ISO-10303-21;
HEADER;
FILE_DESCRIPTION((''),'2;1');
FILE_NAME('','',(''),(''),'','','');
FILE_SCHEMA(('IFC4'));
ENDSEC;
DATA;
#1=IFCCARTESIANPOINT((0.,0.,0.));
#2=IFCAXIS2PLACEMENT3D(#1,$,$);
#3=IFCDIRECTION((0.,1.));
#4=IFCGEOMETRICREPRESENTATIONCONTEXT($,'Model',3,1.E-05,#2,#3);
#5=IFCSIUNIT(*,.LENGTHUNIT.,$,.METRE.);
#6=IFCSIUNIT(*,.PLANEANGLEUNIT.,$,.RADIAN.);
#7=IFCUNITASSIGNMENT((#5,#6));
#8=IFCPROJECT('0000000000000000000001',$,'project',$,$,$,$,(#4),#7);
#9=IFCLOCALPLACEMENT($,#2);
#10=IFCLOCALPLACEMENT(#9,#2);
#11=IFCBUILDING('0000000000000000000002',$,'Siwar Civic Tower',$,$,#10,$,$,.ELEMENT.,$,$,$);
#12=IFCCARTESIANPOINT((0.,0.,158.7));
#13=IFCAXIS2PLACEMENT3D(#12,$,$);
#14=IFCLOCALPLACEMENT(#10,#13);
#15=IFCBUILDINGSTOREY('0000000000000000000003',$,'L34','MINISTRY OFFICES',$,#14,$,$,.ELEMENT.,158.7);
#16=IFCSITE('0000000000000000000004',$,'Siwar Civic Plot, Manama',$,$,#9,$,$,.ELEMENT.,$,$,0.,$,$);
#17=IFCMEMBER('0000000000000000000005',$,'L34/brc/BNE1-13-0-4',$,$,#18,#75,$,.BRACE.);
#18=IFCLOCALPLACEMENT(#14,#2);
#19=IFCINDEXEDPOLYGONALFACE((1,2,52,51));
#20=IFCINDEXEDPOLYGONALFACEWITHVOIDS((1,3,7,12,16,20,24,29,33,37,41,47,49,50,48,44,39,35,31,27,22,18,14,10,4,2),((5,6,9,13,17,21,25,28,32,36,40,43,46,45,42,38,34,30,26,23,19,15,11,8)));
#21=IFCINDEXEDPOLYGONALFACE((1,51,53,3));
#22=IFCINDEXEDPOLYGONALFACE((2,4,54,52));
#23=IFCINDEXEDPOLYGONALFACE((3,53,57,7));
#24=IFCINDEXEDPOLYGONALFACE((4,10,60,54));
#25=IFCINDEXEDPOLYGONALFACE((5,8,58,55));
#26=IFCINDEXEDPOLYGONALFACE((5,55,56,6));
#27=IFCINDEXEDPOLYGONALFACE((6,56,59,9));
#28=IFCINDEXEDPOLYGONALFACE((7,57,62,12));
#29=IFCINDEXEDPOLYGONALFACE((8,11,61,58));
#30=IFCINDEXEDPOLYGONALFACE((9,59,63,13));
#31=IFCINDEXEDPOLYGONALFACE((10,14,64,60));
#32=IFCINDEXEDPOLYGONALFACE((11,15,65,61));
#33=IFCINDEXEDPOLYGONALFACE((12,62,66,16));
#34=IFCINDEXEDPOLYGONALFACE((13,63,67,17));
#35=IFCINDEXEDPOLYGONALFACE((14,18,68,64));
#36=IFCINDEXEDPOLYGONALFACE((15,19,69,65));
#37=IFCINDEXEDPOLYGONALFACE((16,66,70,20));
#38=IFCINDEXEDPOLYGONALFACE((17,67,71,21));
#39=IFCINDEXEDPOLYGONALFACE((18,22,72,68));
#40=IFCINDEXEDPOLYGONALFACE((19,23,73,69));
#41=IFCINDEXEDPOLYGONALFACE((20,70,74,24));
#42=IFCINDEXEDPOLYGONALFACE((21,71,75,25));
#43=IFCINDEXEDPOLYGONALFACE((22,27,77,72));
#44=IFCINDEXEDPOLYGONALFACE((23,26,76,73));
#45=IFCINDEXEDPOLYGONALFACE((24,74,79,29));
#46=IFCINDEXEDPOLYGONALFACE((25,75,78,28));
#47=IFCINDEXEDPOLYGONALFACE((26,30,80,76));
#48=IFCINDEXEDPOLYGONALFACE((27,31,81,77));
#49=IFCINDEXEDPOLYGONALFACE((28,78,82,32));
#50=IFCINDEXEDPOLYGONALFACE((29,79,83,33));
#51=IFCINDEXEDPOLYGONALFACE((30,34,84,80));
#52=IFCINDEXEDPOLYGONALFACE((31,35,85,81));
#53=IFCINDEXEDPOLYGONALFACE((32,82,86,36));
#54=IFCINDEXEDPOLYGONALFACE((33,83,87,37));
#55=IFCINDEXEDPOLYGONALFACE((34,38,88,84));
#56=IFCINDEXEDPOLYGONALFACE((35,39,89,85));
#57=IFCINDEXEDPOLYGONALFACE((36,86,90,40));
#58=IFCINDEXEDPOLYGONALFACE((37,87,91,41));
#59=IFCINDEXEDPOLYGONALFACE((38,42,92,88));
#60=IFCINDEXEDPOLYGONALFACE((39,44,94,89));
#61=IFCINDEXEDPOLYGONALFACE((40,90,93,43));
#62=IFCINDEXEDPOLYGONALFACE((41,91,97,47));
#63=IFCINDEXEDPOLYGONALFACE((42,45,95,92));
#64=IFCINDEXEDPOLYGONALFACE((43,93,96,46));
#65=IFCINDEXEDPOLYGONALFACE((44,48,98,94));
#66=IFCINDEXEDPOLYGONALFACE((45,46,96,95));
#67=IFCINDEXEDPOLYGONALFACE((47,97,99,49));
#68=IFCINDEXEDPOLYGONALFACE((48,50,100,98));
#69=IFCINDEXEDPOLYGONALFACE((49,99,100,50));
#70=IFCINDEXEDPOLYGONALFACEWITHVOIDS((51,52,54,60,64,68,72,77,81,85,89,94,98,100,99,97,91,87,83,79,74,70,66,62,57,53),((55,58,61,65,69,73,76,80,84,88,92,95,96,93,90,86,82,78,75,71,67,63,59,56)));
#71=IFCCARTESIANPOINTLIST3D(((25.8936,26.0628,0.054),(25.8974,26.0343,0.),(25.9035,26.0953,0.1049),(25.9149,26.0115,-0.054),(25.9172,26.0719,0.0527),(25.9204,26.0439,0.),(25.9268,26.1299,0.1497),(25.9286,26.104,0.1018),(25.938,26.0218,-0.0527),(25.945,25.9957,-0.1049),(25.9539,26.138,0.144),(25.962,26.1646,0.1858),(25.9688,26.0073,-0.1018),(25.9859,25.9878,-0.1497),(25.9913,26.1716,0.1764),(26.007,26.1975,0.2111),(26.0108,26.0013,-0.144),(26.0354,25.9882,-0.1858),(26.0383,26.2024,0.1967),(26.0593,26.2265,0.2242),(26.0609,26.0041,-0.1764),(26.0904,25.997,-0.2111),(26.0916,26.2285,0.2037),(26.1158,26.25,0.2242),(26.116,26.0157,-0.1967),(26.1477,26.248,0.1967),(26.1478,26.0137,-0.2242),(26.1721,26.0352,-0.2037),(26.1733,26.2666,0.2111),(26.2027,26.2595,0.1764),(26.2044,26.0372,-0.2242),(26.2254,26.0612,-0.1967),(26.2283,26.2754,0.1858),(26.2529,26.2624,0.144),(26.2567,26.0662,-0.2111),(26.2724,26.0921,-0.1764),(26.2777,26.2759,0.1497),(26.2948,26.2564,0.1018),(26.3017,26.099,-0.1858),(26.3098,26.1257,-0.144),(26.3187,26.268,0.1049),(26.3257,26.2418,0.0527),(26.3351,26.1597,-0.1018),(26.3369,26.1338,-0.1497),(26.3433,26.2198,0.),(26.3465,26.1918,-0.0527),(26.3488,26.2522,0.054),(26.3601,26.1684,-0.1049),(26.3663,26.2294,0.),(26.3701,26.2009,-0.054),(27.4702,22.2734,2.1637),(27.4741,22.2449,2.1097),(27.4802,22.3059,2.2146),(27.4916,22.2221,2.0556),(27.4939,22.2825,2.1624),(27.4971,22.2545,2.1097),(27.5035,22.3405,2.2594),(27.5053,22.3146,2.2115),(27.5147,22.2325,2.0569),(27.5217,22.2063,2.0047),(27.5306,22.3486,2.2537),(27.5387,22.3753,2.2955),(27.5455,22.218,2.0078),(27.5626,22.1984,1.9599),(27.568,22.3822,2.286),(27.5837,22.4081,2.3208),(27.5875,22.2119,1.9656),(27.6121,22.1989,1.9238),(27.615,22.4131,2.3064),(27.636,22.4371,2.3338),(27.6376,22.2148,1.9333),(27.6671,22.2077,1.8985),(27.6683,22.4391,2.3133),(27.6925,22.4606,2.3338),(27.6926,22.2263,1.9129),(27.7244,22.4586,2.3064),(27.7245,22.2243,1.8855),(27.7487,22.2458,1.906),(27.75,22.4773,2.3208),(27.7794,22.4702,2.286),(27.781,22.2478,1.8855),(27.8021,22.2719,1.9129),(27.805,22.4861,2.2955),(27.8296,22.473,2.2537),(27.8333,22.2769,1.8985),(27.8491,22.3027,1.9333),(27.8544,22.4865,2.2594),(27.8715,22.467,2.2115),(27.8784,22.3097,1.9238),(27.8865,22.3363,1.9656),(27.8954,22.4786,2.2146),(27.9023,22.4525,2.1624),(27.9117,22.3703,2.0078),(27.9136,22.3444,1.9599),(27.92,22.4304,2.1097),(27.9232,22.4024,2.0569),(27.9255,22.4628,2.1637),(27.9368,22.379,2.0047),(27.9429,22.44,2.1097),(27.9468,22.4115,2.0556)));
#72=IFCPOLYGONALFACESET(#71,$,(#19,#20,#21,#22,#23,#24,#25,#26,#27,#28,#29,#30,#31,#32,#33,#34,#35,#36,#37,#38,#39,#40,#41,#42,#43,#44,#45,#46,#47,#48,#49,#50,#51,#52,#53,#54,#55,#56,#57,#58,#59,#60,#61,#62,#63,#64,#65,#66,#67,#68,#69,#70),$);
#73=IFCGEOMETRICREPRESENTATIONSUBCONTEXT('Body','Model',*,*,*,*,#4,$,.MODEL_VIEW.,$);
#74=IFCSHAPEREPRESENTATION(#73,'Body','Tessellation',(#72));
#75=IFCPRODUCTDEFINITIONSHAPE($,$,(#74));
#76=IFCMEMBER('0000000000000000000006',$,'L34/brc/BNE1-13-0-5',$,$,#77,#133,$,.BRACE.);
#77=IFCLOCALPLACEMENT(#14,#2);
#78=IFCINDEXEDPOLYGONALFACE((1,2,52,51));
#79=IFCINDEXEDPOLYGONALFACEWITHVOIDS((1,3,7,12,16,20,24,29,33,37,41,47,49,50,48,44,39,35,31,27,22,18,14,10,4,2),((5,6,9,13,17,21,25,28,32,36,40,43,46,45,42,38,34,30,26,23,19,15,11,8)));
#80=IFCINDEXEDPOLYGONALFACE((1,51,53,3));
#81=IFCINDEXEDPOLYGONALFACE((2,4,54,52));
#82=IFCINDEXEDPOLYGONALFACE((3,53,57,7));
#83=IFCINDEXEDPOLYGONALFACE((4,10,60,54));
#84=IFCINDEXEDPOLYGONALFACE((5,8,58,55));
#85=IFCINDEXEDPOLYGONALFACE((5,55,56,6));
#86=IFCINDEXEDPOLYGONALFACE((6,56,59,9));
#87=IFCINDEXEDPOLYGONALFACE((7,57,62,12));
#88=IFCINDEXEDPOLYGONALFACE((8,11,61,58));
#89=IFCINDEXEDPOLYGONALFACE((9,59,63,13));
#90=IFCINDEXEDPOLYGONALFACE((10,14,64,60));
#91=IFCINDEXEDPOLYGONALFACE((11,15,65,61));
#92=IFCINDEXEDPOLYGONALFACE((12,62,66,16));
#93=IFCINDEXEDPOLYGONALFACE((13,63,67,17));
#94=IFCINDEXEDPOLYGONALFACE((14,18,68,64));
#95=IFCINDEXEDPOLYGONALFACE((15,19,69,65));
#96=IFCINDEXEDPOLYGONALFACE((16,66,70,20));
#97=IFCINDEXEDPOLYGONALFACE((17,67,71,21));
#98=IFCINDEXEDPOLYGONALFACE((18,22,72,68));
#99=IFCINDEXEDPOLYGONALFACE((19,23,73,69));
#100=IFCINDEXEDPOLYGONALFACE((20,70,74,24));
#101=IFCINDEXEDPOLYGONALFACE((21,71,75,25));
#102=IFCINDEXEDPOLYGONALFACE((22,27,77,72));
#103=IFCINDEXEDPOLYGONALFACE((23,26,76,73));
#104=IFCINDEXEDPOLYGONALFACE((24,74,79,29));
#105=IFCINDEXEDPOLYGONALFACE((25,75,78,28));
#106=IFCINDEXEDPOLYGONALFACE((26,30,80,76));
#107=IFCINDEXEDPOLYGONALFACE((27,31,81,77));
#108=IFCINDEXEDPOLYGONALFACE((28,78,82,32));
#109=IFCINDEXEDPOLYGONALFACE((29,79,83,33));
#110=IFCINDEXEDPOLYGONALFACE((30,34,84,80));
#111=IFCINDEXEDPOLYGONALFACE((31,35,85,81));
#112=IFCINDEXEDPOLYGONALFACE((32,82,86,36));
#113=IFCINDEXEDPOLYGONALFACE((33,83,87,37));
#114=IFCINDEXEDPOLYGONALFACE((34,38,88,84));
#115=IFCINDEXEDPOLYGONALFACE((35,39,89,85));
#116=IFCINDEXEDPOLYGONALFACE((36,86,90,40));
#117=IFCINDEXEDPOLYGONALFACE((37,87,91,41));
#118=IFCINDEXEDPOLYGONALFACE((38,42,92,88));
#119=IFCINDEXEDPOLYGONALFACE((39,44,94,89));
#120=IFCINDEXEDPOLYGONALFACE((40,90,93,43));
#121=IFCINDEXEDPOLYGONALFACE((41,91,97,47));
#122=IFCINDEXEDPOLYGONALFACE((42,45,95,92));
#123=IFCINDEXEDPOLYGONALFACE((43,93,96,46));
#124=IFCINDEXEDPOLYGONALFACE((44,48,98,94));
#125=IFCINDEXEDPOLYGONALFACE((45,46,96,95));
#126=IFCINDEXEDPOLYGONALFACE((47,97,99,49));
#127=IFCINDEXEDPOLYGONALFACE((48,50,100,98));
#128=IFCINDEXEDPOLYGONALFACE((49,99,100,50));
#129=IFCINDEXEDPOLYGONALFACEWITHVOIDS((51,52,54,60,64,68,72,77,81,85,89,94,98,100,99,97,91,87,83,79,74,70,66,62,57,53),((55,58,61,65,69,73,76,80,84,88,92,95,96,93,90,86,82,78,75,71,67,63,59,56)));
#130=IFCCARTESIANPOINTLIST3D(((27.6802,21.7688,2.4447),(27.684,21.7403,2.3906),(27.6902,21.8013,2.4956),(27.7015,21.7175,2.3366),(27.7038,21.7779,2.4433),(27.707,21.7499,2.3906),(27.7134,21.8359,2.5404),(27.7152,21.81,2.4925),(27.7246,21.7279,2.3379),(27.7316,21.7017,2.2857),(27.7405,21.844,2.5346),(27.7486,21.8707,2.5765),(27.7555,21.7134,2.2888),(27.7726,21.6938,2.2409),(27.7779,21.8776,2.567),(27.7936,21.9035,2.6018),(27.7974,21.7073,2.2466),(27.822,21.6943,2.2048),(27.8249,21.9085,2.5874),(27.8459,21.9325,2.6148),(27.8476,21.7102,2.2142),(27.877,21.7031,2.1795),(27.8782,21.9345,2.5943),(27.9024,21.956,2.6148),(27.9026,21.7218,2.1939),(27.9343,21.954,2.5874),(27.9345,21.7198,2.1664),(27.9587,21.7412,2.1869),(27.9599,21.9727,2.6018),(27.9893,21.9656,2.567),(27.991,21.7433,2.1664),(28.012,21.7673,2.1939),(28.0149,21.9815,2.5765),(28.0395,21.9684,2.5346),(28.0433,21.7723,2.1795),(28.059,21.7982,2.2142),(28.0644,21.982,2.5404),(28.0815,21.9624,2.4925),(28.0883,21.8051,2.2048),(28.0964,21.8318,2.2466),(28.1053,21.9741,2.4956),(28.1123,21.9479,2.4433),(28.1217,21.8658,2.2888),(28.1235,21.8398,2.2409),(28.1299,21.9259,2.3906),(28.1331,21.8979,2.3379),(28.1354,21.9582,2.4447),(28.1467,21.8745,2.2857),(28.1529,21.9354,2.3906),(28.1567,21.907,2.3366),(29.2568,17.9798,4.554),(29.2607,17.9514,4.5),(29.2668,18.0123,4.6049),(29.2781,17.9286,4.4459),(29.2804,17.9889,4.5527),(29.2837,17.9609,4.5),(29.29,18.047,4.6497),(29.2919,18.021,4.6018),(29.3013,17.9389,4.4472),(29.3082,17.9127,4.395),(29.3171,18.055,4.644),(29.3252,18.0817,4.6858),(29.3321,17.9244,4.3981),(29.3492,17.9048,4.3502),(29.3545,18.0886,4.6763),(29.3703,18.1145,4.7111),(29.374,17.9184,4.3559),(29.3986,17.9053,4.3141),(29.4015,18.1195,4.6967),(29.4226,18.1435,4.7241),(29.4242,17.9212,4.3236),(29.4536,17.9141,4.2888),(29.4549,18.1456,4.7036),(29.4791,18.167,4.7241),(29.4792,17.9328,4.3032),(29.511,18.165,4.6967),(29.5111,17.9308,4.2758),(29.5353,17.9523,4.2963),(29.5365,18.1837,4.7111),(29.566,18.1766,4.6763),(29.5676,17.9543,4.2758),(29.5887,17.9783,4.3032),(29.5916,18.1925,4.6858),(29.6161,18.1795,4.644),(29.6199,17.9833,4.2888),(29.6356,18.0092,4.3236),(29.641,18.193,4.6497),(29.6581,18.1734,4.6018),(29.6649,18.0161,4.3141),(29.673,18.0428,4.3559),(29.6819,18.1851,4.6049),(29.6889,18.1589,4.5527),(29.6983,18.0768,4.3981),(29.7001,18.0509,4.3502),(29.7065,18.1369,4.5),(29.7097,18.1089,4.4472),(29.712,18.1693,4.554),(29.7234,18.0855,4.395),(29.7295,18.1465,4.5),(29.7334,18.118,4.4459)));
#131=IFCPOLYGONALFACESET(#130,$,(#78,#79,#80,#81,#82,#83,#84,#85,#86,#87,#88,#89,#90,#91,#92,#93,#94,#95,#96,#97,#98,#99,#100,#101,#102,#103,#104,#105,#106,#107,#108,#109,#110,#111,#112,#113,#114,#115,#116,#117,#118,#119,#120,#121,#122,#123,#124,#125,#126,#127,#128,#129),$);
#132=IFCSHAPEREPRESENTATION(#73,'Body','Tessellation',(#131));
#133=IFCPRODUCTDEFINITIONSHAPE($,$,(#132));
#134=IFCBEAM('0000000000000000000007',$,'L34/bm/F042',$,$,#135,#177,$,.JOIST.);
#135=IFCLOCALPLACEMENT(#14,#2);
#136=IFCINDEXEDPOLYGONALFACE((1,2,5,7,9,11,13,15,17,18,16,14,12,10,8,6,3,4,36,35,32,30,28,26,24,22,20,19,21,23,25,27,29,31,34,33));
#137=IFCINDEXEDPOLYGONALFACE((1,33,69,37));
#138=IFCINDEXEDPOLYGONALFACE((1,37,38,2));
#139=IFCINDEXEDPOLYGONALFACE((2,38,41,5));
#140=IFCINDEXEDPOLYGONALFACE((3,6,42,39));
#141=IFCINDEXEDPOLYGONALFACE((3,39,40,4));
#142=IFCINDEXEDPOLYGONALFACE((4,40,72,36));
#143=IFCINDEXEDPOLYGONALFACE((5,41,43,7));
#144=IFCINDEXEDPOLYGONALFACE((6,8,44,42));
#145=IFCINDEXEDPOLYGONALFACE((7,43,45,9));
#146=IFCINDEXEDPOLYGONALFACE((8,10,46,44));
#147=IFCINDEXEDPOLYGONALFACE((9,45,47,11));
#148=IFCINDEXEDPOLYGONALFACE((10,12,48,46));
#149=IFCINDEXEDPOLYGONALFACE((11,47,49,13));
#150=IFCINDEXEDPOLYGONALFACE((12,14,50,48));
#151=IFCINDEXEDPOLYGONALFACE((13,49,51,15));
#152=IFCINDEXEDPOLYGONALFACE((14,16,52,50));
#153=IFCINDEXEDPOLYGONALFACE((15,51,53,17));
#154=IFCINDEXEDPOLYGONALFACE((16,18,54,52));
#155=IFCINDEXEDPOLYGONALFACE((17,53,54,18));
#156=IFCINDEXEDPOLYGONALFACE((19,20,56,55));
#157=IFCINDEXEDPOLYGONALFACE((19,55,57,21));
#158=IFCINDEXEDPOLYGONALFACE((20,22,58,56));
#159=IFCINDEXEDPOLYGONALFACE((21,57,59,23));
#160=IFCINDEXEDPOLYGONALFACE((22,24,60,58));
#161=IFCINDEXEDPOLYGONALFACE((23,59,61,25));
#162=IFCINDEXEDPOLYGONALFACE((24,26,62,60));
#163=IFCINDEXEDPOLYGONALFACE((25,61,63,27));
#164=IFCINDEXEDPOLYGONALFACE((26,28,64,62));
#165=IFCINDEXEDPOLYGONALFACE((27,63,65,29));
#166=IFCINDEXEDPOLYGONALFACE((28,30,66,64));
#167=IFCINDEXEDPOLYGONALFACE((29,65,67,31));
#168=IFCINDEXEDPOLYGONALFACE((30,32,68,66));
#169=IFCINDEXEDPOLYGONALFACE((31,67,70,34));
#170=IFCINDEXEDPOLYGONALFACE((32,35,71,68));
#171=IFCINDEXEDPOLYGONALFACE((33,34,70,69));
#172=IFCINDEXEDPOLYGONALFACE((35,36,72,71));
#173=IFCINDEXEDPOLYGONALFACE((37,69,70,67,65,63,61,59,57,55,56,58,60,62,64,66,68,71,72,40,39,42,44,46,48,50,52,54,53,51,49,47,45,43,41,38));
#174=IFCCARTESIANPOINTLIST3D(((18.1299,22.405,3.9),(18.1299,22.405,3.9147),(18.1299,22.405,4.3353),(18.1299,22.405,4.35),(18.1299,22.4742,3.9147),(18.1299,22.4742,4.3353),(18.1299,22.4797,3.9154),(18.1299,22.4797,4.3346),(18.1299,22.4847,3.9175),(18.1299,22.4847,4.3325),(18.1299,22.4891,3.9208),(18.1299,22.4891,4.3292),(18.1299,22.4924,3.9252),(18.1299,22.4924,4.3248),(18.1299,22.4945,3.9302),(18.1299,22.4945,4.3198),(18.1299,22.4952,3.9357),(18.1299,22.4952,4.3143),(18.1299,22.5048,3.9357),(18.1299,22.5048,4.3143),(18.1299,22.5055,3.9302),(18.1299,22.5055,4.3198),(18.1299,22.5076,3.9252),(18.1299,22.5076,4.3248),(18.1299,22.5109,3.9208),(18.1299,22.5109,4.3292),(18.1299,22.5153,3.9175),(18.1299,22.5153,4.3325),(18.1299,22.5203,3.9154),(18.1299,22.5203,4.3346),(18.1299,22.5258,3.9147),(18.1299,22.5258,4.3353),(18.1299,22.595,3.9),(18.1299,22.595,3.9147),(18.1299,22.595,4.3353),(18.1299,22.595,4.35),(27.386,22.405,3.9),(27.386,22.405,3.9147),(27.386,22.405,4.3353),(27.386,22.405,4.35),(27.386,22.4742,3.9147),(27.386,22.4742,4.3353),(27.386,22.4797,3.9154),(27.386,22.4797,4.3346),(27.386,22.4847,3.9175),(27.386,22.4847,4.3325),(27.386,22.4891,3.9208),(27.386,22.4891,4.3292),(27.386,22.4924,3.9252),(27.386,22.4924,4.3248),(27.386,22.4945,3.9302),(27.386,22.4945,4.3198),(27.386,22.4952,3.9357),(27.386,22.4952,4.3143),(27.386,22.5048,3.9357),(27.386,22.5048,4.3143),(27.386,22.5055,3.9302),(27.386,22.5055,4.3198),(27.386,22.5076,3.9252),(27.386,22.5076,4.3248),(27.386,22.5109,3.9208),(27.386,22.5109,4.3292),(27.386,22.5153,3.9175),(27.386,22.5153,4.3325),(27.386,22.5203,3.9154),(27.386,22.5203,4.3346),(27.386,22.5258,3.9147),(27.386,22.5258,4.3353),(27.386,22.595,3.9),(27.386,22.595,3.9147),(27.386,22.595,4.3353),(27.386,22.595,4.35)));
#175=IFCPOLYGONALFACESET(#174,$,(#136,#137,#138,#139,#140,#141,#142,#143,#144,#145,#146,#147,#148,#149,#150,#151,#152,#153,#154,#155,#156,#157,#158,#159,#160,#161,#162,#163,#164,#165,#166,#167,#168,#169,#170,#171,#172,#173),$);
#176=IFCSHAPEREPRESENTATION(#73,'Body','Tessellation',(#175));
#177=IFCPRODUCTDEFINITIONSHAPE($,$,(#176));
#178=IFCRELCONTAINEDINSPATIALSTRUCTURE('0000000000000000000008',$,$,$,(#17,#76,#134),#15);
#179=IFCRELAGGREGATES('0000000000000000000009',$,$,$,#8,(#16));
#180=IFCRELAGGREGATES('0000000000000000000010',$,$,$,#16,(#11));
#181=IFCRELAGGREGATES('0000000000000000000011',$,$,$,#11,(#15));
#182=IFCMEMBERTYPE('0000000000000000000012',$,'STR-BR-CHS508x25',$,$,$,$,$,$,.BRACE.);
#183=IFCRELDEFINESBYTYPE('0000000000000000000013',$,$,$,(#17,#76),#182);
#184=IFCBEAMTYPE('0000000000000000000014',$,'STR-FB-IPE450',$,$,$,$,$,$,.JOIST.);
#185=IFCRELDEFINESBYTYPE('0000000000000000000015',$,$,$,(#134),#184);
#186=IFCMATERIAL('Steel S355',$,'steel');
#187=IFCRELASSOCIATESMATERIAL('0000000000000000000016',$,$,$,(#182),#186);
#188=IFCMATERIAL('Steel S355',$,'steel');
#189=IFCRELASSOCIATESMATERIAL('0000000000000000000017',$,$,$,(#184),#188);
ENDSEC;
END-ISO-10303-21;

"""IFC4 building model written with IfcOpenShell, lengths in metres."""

from ifc_helpers import new_model, si_unit, direction, frame, origin, origin_2d, place, context, subcontext, project, spatial, hollow_circle, i_section, extrude, material, material_profile, profile_set, type_object, element, save


model = new_model("IFC4")

# Units and contexts
model_context = context("Model", 3, precision=1e-05, world=origin(), true_north=direction((0.0, 1.0)))
body_context = subcontext(model_context, "Body", "Model", "MODEL_VIEW")
ifc_project = project(units=[si_unit("LENGTHUNIT", "METRE"), si_unit("PLANEANGLEUNIT", "RADIAN")], contexts=[model_context])

# Site, building, storey
site_placement = place(None, origin())
site = spatial("IfcSite", under=ifc_project, at=site_placement, Name="Siwar Civic Plot, Manama", CompositionType="ELEMENT", RefElevation=0.0)
building_placement = place(site_placement, origin())
building = spatial("IfcBuilding", under=site, at=building_placement, Name="Siwar Civic Tower", CompositionType="ELEMENT")
storey_placement = place(building_placement, frame((0.0, 0.0, 158.7)))
storey = spatial("IfcBuildingStorey", under=building, at=storey_placement, Name="L34", Description="MINISTRY OFFICES", CompositionType="ELEMENT", Elevation=158.7)

# Members
ifc_material_1 = material(Name="Steel S355", Category="steel")
ifc_material_profile_1 = material_profile(ifc_material_1, hollow_circle(Radius=0.2539, WallThickness=0.0249, at=origin_2d()), Name="CHS508x25")
ifc_profile_set_1 = profile_set([ifc_material_profile_1], Name="Steel S355")
member_type_1 = type_object("IfcMemberType", Name="STR-BR-CHS508x25", PredefinedType="BRACE", material=ifc_profile_set_1)
member_1_placement = place(storey_placement, frame((26.1318, 26.1318, 0.0), z_axis=(0.341662, -0.821143, 0.457155), x_axis=(0.923269, 0.384155, 0.0)))
element("IfcMember", 1, at=member_1_placement, inside=storey, type_object=member_type_1, Name="L34/brc/BNE1-13-0-4", PredefinedType="BRACE", context=body_context, shape_type="SweptSolid", body=[
    extrude(hollow_circle(Radius=0.2539, WallThickness=0.0249, at=origin_2d()), origin(), (0.0, 0.0, 1.0), 4.6147),
])
member_2_placement = place(storey_placement, frame((27.9185, 21.8379, 2.3906), z_axis=(0.341686, -0.821146, 0.457133), x_axis=(0.92326, 0.384176, 0.0)))
element("IfcMember", 2, at=member_2_placement, inside=storey, type_object=member_type_1, Name="L34/brc/BNE1-13-0-5", PredefinedType="BRACE", context=body_context, shape_type="SweptSolid", body=[
    extrude(hollow_circle(Radius=0.2539, WallThickness=0.0249, at=origin_2d()), origin(), (0.0, 0.0, 1.0), 4.6143),
])

# Beam
ifc_material_2 = material(Name="Steel S355", Category="steel")
ifc_material_profile_2 = material_profile(ifc_material_2, i_section(OverallWidth=0.1899, OverallDepth=0.45, WebThickness=0.0095, FlangeThickness=0.0146, FilletRadius=0.021, at=origin_2d()), Name="IPE450")
ifc_profile_set_2 = profile_set([ifc_material_profile_2], Name="Steel S355")
beam_type_1 = type_object("IfcBeamType", Name="STR-FB-IPE450", PredefinedType="JOIST", material=ifc_profile_set_2)
beam_1_placement = place(storey_placement, frame((18.1299, 22.5, 4.125), z_axis=(1.0, 0.0, 0.0), x_axis=(0.0, 1.0, 0.0)))
element("IfcBeam", 3, at=beam_1_placement, inside=storey, type_object=beam_type_1, Name="L34/bm/F042", PredefinedType="JOIST", context=body_context, shape_type="SweptSolid", body=[
    extrude(i_section(OverallWidth=0.1899, OverallDepth=0.45, WebThickness=0.0095, FlangeThickness=0.0146, FilletRadius=0.021, at=origin_2d()), origin(), (0.0, 0.0, 1.0), 9.2561),
])

save(model, "model.ifc")
